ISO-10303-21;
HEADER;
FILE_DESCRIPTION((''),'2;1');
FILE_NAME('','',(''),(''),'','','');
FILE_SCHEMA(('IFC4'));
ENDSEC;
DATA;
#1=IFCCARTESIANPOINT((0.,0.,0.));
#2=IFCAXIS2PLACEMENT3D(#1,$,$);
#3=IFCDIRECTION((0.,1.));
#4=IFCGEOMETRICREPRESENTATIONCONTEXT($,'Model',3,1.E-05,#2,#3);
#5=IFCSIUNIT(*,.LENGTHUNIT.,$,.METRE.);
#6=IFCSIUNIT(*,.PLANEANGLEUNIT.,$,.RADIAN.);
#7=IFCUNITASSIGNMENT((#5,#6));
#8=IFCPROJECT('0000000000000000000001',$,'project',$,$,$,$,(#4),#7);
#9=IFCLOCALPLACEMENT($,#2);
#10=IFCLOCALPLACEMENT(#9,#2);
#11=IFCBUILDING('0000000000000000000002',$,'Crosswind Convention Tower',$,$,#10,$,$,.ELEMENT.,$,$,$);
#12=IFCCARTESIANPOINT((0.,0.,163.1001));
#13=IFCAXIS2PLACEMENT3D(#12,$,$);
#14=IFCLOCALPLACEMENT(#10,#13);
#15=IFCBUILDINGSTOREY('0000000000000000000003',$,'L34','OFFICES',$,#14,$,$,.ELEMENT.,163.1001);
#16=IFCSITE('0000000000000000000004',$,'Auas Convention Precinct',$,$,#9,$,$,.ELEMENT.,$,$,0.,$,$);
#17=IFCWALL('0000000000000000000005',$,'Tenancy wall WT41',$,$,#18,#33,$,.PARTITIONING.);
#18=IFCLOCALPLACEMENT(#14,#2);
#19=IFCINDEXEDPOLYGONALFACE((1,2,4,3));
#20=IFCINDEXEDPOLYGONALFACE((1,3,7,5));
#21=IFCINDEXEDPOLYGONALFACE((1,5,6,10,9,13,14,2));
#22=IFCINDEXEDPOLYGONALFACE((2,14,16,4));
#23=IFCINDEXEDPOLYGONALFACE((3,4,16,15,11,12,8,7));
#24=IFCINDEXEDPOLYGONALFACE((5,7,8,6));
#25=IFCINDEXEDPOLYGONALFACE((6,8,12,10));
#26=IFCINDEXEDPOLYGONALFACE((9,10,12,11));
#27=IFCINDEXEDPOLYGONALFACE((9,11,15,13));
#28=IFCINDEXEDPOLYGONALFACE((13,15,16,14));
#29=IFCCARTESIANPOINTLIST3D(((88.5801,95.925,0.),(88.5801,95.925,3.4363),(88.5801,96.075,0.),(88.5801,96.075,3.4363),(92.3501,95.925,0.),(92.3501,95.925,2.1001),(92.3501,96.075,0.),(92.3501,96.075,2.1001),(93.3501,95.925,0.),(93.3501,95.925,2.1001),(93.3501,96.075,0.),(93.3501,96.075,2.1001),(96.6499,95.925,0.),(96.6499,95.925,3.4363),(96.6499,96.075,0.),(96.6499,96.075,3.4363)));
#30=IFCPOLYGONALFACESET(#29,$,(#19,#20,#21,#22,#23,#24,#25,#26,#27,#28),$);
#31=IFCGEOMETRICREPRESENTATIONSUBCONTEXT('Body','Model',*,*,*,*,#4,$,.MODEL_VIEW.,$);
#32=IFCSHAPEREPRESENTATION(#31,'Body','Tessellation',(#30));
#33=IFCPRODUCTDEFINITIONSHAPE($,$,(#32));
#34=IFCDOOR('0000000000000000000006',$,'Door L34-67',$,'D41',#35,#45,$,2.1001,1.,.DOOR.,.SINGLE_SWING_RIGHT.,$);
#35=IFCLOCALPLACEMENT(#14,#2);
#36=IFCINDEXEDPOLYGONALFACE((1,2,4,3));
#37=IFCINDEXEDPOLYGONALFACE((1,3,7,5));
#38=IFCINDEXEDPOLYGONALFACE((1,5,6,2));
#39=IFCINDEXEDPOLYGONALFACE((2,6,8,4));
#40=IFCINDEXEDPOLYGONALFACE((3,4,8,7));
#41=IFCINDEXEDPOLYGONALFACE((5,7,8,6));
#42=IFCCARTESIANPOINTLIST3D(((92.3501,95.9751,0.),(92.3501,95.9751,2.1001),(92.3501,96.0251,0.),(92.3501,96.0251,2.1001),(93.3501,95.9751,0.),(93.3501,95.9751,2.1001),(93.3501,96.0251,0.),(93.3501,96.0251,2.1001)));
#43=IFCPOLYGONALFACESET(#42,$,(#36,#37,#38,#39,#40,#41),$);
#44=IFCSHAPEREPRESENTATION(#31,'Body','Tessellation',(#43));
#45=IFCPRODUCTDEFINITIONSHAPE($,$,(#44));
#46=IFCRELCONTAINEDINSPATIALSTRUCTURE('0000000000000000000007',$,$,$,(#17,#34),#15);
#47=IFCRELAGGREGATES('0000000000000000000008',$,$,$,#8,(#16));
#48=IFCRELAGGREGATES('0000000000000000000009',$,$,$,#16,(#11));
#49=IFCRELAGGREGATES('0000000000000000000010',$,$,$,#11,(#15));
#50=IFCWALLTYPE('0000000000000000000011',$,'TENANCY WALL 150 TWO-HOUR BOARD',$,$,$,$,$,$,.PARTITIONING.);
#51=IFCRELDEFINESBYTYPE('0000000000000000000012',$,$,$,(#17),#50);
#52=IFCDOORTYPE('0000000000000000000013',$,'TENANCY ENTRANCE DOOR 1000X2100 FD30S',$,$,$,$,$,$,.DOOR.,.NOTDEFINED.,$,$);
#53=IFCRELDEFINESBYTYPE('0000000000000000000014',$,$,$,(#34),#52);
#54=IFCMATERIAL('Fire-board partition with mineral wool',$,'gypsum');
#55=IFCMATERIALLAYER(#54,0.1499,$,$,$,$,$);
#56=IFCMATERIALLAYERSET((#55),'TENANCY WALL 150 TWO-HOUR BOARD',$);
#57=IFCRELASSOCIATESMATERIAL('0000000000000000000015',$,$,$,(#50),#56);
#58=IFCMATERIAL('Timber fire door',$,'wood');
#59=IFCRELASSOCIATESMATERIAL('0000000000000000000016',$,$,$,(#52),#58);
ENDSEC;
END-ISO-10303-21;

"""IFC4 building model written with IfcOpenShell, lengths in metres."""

from ifc_helpers import new_model, si_unit, direction, frame, frame_2d, origin, place, context, subcontext, project, spatial, rectangle, extrude, material, layer, layer_set, type_object, element, fill, save


model = new_model("IFC4")

# Units and contexts
model_context = context("Model", 3, precision=1e-05, world=origin(), true_north=direction((0.0, 1.0)))
body_context = subcontext(model_context, "Body", "Model", "MODEL_VIEW")
ifc_project = project(units=[si_unit("LENGTHUNIT", "METRE"), si_unit("PLANEANGLEUNIT", "RADIAN")], contexts=[model_context])

# Site, building, storey
site_placement = place(None, origin())
site = spatial("IfcSite", under=ifc_project, at=site_placement, Name="Auas Convention Precinct", CompositionType="ELEMENT", RefElevation=0.0)
building_placement = place(site_placement, origin())
building = spatial("IfcBuilding", under=site, at=building_placement, Name="Crosswind Convention Tower", CompositionType="ELEMENT")
storey_placement = place(building_placement, frame((0.0, 0.0, 163.1001)))
storey = spatial("IfcBuildingStorey", under=building, at=storey_placement, Name="L34", Description="OFFICES", CompositionType="ELEMENT", Elevation=163.1001)

# Wall, opening, door
ifc_material_1 = material(Name="Fire-board partition with mineral wool", Category="gypsum")
ifc_layer_1 = layer(ifc_material_1, 0.1499)
ifc_layer_set_1 = layer_set([ifc_layer_1], Name="TENANCY WALL 150 TWO-HOUR BOARD")
wall_type = type_object("IfcWallType", Name="TENANCY WALL 150 TWO-HOUR BOARD", PredefinedType="PARTITIONING", material=ifc_layer_set_1)
wall_placement = place(storey_placement, frame((88.5801, 96.0, 0.0), z_axis=(0.0, 0.0, 1.0), x_axis=(1.0, 0.0, 0.0)))
wall = element("IfcWall", 1, at=wall_placement, inside=storey, type_object=wall_type, Name="Tenancy wall WT41", PredefinedType="PARTITIONING", context=body_context, shape_type="SweptSolid", body=[
    extrude(rectangle(XDim=8.0698, YDim=0.1499, at=frame_2d((4.0349, 0.0))), origin(), (0.0, 0.0, 1.0), 3.4363),
])
opening_placement = place(wall_placement, frame((3.77, 0.0, 0.0)))
opening = element("IfcOpeningElement", 2, at=opening_placement, cuts=wall, PredefinedType="OPENING", context=body_context, shape_type="SweptSolid", body=[
    extrude(rectangle(XDim=1.0, YDim=2.1001, at=frame_2d((0.5, 1.05))), frame((0.0, 0.085, 0.0), z_axis=(0.0, -1.0, 0.0), x_axis=(1.0, 0.0, 0.0)), (0.0, 0.0, 1.0), 0.1699),
])
ifc_material_2 = material(Name="Timber fire door", Category="wood")
door_type = type_object("IfcDoorType", Name="TENANCY ENTRANCE DOOR 1000X2100 FD30S", OperationType="NOTDEFINED", PredefinedType="DOOR", material=ifc_material_2)
door_placement = place(opening_placement, frame((1.0, 0.0, 0.0), z_axis=(0.0, 0.0, 1.0), x_axis=(-1.0, 0.0, 0.0)))
door = element("IfcDoor", 3, at=door_placement, inside=storey, type_object=door_type, Name="Door L34-67", ObjectType="D41", OperationType="SINGLE_SWING_RIGHT", OverallHeight=2.1001, OverallWidth=1.0, PredefinedType="DOOR", context=body_context, shape_type="SweptSolid", body=[
    extrude(rectangle(XDim=1.0, YDim=2.1001, at=frame_2d((0.5, 1.05))), frame((0.0, 0.0249, 0.0), z_axis=(0.0, -1.0, 0.0), x_axis=(1.0, 0.0, 0.0)), (0.0, 0.0, 1.0), 0.05),
])
fill(opening, door)

save(model, "model.ifc")
